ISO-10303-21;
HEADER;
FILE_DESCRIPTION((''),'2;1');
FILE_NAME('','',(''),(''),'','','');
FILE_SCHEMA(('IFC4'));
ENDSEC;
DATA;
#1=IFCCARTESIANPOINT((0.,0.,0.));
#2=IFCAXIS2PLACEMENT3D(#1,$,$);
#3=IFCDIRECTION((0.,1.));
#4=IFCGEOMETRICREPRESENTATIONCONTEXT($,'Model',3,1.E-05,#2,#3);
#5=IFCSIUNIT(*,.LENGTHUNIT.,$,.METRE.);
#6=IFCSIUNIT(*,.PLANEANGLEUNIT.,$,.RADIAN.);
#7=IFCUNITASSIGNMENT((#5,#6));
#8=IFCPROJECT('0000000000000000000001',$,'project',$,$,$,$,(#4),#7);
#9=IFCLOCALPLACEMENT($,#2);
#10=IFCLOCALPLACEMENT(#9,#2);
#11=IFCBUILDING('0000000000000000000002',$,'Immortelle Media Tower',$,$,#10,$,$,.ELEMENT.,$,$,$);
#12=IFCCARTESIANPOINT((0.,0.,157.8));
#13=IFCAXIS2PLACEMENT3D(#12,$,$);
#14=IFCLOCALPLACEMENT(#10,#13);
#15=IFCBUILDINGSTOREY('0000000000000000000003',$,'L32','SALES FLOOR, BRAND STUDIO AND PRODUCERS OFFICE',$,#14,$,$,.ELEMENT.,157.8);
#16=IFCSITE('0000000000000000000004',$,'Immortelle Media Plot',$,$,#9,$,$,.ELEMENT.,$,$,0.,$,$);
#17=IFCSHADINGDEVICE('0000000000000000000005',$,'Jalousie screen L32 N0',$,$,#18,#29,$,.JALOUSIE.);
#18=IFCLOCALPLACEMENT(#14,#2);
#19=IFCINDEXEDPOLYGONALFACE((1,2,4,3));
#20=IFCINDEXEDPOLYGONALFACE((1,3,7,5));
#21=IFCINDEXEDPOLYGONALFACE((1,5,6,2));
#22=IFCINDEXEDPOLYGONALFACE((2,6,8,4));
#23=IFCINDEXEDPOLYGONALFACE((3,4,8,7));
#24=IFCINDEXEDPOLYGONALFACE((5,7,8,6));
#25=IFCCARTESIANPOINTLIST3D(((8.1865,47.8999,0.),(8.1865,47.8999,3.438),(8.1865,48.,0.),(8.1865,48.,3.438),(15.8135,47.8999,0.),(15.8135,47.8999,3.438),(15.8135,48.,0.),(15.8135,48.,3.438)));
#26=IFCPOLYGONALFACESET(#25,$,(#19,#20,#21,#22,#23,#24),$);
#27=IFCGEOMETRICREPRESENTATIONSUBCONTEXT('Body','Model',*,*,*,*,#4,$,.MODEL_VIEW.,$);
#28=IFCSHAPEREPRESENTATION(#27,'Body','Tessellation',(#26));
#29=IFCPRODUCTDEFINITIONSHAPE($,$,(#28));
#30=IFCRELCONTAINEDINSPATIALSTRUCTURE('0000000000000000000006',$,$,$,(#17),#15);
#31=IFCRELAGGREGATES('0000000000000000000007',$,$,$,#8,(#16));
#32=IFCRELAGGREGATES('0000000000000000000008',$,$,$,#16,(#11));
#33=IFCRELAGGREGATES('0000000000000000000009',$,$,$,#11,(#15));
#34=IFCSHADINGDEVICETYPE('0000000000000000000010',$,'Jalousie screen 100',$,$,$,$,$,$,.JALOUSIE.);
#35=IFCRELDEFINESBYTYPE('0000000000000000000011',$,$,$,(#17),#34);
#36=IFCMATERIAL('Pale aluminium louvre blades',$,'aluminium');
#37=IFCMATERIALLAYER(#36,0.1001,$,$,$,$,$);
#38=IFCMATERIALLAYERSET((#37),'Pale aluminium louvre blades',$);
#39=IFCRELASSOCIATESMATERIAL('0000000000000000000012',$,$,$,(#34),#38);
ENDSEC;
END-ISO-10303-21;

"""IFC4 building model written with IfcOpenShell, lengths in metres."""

from ifc_helpers import new_model, si_unit, direction, frame, origin, origin_2d, place, context, subcontext, project, spatial, rectangle, extrude, material, layer, layer_set, type_object, element, save


model = new_model("IFC4")

# Units and contexts
model_context = context("Model", 3, precision=1e-05, world=origin(), true_north=direction((0.0, 1.0)))
body_context = subcontext(model_context, "Body", "Model", "MODEL_VIEW")
ifc_project = project(units=[si_unit("LENGTHUNIT", "METRE"), si_unit("PLANEANGLEUNIT", "RADIAN")], contexts=[model_context])

# Site, building, storey
site_placement = place(None, origin())
site = spatial("IfcSite", under=ifc_project, at=site_placement, Name="Immortelle Media Plot", CompositionType="ELEMENT", RefElevation=0.0)
building_placement = place(site_placement, origin())
building = spatial("IfcBuilding", under=site, at=building_placement, Name="Immortelle Media Tower", CompositionType="ELEMENT")
storey_placement = place(building_placement, frame((0.0, 0.0, 157.8)))
storey = spatial("IfcBuildingStorey", under=building, at=storey_placement, Name="L32", Description="SALES FLOOR, BRAND STUDIO AND PRODUCERS OFFICE", CompositionType="ELEMENT", Elevation=157.8)

# Shading device
ifc_material_1 = material(Name="Pale aluminium louvre blades", Category="aluminium")
ifc_layer_1 = layer(ifc_material_1, 0.1001)
ifc_layer_set_1 = layer_set([ifc_layer_1], Name="Pale aluminium louvre blades")
shading_device_type = type_object("IfcShadingDeviceType", Name="Jalousie screen 100", PredefinedType="JALOUSIE", material=ifc_layer_set_1)
shading_device_placement = place(storey_placement, frame((12.0, 47.95, 0.0), z_axis=(0.0, 0.0, 1.0), x_axis=(-1.0, 0.0, 0.0)))
element("IfcShadingDevice", 1, at=shading_device_placement, inside=storey, type_object=shading_device_type, Name="Jalousie screen L32 N0", PredefinedType="JALOUSIE", context=body_context, shape_type="SweptSolid", body=[
    extrude(rectangle(XDim=7.627, YDim=0.1001, at=origin_2d()), origin(), (0.0, 0.0, 1.0), 3.438),
])

save(model, "model.ifc")
